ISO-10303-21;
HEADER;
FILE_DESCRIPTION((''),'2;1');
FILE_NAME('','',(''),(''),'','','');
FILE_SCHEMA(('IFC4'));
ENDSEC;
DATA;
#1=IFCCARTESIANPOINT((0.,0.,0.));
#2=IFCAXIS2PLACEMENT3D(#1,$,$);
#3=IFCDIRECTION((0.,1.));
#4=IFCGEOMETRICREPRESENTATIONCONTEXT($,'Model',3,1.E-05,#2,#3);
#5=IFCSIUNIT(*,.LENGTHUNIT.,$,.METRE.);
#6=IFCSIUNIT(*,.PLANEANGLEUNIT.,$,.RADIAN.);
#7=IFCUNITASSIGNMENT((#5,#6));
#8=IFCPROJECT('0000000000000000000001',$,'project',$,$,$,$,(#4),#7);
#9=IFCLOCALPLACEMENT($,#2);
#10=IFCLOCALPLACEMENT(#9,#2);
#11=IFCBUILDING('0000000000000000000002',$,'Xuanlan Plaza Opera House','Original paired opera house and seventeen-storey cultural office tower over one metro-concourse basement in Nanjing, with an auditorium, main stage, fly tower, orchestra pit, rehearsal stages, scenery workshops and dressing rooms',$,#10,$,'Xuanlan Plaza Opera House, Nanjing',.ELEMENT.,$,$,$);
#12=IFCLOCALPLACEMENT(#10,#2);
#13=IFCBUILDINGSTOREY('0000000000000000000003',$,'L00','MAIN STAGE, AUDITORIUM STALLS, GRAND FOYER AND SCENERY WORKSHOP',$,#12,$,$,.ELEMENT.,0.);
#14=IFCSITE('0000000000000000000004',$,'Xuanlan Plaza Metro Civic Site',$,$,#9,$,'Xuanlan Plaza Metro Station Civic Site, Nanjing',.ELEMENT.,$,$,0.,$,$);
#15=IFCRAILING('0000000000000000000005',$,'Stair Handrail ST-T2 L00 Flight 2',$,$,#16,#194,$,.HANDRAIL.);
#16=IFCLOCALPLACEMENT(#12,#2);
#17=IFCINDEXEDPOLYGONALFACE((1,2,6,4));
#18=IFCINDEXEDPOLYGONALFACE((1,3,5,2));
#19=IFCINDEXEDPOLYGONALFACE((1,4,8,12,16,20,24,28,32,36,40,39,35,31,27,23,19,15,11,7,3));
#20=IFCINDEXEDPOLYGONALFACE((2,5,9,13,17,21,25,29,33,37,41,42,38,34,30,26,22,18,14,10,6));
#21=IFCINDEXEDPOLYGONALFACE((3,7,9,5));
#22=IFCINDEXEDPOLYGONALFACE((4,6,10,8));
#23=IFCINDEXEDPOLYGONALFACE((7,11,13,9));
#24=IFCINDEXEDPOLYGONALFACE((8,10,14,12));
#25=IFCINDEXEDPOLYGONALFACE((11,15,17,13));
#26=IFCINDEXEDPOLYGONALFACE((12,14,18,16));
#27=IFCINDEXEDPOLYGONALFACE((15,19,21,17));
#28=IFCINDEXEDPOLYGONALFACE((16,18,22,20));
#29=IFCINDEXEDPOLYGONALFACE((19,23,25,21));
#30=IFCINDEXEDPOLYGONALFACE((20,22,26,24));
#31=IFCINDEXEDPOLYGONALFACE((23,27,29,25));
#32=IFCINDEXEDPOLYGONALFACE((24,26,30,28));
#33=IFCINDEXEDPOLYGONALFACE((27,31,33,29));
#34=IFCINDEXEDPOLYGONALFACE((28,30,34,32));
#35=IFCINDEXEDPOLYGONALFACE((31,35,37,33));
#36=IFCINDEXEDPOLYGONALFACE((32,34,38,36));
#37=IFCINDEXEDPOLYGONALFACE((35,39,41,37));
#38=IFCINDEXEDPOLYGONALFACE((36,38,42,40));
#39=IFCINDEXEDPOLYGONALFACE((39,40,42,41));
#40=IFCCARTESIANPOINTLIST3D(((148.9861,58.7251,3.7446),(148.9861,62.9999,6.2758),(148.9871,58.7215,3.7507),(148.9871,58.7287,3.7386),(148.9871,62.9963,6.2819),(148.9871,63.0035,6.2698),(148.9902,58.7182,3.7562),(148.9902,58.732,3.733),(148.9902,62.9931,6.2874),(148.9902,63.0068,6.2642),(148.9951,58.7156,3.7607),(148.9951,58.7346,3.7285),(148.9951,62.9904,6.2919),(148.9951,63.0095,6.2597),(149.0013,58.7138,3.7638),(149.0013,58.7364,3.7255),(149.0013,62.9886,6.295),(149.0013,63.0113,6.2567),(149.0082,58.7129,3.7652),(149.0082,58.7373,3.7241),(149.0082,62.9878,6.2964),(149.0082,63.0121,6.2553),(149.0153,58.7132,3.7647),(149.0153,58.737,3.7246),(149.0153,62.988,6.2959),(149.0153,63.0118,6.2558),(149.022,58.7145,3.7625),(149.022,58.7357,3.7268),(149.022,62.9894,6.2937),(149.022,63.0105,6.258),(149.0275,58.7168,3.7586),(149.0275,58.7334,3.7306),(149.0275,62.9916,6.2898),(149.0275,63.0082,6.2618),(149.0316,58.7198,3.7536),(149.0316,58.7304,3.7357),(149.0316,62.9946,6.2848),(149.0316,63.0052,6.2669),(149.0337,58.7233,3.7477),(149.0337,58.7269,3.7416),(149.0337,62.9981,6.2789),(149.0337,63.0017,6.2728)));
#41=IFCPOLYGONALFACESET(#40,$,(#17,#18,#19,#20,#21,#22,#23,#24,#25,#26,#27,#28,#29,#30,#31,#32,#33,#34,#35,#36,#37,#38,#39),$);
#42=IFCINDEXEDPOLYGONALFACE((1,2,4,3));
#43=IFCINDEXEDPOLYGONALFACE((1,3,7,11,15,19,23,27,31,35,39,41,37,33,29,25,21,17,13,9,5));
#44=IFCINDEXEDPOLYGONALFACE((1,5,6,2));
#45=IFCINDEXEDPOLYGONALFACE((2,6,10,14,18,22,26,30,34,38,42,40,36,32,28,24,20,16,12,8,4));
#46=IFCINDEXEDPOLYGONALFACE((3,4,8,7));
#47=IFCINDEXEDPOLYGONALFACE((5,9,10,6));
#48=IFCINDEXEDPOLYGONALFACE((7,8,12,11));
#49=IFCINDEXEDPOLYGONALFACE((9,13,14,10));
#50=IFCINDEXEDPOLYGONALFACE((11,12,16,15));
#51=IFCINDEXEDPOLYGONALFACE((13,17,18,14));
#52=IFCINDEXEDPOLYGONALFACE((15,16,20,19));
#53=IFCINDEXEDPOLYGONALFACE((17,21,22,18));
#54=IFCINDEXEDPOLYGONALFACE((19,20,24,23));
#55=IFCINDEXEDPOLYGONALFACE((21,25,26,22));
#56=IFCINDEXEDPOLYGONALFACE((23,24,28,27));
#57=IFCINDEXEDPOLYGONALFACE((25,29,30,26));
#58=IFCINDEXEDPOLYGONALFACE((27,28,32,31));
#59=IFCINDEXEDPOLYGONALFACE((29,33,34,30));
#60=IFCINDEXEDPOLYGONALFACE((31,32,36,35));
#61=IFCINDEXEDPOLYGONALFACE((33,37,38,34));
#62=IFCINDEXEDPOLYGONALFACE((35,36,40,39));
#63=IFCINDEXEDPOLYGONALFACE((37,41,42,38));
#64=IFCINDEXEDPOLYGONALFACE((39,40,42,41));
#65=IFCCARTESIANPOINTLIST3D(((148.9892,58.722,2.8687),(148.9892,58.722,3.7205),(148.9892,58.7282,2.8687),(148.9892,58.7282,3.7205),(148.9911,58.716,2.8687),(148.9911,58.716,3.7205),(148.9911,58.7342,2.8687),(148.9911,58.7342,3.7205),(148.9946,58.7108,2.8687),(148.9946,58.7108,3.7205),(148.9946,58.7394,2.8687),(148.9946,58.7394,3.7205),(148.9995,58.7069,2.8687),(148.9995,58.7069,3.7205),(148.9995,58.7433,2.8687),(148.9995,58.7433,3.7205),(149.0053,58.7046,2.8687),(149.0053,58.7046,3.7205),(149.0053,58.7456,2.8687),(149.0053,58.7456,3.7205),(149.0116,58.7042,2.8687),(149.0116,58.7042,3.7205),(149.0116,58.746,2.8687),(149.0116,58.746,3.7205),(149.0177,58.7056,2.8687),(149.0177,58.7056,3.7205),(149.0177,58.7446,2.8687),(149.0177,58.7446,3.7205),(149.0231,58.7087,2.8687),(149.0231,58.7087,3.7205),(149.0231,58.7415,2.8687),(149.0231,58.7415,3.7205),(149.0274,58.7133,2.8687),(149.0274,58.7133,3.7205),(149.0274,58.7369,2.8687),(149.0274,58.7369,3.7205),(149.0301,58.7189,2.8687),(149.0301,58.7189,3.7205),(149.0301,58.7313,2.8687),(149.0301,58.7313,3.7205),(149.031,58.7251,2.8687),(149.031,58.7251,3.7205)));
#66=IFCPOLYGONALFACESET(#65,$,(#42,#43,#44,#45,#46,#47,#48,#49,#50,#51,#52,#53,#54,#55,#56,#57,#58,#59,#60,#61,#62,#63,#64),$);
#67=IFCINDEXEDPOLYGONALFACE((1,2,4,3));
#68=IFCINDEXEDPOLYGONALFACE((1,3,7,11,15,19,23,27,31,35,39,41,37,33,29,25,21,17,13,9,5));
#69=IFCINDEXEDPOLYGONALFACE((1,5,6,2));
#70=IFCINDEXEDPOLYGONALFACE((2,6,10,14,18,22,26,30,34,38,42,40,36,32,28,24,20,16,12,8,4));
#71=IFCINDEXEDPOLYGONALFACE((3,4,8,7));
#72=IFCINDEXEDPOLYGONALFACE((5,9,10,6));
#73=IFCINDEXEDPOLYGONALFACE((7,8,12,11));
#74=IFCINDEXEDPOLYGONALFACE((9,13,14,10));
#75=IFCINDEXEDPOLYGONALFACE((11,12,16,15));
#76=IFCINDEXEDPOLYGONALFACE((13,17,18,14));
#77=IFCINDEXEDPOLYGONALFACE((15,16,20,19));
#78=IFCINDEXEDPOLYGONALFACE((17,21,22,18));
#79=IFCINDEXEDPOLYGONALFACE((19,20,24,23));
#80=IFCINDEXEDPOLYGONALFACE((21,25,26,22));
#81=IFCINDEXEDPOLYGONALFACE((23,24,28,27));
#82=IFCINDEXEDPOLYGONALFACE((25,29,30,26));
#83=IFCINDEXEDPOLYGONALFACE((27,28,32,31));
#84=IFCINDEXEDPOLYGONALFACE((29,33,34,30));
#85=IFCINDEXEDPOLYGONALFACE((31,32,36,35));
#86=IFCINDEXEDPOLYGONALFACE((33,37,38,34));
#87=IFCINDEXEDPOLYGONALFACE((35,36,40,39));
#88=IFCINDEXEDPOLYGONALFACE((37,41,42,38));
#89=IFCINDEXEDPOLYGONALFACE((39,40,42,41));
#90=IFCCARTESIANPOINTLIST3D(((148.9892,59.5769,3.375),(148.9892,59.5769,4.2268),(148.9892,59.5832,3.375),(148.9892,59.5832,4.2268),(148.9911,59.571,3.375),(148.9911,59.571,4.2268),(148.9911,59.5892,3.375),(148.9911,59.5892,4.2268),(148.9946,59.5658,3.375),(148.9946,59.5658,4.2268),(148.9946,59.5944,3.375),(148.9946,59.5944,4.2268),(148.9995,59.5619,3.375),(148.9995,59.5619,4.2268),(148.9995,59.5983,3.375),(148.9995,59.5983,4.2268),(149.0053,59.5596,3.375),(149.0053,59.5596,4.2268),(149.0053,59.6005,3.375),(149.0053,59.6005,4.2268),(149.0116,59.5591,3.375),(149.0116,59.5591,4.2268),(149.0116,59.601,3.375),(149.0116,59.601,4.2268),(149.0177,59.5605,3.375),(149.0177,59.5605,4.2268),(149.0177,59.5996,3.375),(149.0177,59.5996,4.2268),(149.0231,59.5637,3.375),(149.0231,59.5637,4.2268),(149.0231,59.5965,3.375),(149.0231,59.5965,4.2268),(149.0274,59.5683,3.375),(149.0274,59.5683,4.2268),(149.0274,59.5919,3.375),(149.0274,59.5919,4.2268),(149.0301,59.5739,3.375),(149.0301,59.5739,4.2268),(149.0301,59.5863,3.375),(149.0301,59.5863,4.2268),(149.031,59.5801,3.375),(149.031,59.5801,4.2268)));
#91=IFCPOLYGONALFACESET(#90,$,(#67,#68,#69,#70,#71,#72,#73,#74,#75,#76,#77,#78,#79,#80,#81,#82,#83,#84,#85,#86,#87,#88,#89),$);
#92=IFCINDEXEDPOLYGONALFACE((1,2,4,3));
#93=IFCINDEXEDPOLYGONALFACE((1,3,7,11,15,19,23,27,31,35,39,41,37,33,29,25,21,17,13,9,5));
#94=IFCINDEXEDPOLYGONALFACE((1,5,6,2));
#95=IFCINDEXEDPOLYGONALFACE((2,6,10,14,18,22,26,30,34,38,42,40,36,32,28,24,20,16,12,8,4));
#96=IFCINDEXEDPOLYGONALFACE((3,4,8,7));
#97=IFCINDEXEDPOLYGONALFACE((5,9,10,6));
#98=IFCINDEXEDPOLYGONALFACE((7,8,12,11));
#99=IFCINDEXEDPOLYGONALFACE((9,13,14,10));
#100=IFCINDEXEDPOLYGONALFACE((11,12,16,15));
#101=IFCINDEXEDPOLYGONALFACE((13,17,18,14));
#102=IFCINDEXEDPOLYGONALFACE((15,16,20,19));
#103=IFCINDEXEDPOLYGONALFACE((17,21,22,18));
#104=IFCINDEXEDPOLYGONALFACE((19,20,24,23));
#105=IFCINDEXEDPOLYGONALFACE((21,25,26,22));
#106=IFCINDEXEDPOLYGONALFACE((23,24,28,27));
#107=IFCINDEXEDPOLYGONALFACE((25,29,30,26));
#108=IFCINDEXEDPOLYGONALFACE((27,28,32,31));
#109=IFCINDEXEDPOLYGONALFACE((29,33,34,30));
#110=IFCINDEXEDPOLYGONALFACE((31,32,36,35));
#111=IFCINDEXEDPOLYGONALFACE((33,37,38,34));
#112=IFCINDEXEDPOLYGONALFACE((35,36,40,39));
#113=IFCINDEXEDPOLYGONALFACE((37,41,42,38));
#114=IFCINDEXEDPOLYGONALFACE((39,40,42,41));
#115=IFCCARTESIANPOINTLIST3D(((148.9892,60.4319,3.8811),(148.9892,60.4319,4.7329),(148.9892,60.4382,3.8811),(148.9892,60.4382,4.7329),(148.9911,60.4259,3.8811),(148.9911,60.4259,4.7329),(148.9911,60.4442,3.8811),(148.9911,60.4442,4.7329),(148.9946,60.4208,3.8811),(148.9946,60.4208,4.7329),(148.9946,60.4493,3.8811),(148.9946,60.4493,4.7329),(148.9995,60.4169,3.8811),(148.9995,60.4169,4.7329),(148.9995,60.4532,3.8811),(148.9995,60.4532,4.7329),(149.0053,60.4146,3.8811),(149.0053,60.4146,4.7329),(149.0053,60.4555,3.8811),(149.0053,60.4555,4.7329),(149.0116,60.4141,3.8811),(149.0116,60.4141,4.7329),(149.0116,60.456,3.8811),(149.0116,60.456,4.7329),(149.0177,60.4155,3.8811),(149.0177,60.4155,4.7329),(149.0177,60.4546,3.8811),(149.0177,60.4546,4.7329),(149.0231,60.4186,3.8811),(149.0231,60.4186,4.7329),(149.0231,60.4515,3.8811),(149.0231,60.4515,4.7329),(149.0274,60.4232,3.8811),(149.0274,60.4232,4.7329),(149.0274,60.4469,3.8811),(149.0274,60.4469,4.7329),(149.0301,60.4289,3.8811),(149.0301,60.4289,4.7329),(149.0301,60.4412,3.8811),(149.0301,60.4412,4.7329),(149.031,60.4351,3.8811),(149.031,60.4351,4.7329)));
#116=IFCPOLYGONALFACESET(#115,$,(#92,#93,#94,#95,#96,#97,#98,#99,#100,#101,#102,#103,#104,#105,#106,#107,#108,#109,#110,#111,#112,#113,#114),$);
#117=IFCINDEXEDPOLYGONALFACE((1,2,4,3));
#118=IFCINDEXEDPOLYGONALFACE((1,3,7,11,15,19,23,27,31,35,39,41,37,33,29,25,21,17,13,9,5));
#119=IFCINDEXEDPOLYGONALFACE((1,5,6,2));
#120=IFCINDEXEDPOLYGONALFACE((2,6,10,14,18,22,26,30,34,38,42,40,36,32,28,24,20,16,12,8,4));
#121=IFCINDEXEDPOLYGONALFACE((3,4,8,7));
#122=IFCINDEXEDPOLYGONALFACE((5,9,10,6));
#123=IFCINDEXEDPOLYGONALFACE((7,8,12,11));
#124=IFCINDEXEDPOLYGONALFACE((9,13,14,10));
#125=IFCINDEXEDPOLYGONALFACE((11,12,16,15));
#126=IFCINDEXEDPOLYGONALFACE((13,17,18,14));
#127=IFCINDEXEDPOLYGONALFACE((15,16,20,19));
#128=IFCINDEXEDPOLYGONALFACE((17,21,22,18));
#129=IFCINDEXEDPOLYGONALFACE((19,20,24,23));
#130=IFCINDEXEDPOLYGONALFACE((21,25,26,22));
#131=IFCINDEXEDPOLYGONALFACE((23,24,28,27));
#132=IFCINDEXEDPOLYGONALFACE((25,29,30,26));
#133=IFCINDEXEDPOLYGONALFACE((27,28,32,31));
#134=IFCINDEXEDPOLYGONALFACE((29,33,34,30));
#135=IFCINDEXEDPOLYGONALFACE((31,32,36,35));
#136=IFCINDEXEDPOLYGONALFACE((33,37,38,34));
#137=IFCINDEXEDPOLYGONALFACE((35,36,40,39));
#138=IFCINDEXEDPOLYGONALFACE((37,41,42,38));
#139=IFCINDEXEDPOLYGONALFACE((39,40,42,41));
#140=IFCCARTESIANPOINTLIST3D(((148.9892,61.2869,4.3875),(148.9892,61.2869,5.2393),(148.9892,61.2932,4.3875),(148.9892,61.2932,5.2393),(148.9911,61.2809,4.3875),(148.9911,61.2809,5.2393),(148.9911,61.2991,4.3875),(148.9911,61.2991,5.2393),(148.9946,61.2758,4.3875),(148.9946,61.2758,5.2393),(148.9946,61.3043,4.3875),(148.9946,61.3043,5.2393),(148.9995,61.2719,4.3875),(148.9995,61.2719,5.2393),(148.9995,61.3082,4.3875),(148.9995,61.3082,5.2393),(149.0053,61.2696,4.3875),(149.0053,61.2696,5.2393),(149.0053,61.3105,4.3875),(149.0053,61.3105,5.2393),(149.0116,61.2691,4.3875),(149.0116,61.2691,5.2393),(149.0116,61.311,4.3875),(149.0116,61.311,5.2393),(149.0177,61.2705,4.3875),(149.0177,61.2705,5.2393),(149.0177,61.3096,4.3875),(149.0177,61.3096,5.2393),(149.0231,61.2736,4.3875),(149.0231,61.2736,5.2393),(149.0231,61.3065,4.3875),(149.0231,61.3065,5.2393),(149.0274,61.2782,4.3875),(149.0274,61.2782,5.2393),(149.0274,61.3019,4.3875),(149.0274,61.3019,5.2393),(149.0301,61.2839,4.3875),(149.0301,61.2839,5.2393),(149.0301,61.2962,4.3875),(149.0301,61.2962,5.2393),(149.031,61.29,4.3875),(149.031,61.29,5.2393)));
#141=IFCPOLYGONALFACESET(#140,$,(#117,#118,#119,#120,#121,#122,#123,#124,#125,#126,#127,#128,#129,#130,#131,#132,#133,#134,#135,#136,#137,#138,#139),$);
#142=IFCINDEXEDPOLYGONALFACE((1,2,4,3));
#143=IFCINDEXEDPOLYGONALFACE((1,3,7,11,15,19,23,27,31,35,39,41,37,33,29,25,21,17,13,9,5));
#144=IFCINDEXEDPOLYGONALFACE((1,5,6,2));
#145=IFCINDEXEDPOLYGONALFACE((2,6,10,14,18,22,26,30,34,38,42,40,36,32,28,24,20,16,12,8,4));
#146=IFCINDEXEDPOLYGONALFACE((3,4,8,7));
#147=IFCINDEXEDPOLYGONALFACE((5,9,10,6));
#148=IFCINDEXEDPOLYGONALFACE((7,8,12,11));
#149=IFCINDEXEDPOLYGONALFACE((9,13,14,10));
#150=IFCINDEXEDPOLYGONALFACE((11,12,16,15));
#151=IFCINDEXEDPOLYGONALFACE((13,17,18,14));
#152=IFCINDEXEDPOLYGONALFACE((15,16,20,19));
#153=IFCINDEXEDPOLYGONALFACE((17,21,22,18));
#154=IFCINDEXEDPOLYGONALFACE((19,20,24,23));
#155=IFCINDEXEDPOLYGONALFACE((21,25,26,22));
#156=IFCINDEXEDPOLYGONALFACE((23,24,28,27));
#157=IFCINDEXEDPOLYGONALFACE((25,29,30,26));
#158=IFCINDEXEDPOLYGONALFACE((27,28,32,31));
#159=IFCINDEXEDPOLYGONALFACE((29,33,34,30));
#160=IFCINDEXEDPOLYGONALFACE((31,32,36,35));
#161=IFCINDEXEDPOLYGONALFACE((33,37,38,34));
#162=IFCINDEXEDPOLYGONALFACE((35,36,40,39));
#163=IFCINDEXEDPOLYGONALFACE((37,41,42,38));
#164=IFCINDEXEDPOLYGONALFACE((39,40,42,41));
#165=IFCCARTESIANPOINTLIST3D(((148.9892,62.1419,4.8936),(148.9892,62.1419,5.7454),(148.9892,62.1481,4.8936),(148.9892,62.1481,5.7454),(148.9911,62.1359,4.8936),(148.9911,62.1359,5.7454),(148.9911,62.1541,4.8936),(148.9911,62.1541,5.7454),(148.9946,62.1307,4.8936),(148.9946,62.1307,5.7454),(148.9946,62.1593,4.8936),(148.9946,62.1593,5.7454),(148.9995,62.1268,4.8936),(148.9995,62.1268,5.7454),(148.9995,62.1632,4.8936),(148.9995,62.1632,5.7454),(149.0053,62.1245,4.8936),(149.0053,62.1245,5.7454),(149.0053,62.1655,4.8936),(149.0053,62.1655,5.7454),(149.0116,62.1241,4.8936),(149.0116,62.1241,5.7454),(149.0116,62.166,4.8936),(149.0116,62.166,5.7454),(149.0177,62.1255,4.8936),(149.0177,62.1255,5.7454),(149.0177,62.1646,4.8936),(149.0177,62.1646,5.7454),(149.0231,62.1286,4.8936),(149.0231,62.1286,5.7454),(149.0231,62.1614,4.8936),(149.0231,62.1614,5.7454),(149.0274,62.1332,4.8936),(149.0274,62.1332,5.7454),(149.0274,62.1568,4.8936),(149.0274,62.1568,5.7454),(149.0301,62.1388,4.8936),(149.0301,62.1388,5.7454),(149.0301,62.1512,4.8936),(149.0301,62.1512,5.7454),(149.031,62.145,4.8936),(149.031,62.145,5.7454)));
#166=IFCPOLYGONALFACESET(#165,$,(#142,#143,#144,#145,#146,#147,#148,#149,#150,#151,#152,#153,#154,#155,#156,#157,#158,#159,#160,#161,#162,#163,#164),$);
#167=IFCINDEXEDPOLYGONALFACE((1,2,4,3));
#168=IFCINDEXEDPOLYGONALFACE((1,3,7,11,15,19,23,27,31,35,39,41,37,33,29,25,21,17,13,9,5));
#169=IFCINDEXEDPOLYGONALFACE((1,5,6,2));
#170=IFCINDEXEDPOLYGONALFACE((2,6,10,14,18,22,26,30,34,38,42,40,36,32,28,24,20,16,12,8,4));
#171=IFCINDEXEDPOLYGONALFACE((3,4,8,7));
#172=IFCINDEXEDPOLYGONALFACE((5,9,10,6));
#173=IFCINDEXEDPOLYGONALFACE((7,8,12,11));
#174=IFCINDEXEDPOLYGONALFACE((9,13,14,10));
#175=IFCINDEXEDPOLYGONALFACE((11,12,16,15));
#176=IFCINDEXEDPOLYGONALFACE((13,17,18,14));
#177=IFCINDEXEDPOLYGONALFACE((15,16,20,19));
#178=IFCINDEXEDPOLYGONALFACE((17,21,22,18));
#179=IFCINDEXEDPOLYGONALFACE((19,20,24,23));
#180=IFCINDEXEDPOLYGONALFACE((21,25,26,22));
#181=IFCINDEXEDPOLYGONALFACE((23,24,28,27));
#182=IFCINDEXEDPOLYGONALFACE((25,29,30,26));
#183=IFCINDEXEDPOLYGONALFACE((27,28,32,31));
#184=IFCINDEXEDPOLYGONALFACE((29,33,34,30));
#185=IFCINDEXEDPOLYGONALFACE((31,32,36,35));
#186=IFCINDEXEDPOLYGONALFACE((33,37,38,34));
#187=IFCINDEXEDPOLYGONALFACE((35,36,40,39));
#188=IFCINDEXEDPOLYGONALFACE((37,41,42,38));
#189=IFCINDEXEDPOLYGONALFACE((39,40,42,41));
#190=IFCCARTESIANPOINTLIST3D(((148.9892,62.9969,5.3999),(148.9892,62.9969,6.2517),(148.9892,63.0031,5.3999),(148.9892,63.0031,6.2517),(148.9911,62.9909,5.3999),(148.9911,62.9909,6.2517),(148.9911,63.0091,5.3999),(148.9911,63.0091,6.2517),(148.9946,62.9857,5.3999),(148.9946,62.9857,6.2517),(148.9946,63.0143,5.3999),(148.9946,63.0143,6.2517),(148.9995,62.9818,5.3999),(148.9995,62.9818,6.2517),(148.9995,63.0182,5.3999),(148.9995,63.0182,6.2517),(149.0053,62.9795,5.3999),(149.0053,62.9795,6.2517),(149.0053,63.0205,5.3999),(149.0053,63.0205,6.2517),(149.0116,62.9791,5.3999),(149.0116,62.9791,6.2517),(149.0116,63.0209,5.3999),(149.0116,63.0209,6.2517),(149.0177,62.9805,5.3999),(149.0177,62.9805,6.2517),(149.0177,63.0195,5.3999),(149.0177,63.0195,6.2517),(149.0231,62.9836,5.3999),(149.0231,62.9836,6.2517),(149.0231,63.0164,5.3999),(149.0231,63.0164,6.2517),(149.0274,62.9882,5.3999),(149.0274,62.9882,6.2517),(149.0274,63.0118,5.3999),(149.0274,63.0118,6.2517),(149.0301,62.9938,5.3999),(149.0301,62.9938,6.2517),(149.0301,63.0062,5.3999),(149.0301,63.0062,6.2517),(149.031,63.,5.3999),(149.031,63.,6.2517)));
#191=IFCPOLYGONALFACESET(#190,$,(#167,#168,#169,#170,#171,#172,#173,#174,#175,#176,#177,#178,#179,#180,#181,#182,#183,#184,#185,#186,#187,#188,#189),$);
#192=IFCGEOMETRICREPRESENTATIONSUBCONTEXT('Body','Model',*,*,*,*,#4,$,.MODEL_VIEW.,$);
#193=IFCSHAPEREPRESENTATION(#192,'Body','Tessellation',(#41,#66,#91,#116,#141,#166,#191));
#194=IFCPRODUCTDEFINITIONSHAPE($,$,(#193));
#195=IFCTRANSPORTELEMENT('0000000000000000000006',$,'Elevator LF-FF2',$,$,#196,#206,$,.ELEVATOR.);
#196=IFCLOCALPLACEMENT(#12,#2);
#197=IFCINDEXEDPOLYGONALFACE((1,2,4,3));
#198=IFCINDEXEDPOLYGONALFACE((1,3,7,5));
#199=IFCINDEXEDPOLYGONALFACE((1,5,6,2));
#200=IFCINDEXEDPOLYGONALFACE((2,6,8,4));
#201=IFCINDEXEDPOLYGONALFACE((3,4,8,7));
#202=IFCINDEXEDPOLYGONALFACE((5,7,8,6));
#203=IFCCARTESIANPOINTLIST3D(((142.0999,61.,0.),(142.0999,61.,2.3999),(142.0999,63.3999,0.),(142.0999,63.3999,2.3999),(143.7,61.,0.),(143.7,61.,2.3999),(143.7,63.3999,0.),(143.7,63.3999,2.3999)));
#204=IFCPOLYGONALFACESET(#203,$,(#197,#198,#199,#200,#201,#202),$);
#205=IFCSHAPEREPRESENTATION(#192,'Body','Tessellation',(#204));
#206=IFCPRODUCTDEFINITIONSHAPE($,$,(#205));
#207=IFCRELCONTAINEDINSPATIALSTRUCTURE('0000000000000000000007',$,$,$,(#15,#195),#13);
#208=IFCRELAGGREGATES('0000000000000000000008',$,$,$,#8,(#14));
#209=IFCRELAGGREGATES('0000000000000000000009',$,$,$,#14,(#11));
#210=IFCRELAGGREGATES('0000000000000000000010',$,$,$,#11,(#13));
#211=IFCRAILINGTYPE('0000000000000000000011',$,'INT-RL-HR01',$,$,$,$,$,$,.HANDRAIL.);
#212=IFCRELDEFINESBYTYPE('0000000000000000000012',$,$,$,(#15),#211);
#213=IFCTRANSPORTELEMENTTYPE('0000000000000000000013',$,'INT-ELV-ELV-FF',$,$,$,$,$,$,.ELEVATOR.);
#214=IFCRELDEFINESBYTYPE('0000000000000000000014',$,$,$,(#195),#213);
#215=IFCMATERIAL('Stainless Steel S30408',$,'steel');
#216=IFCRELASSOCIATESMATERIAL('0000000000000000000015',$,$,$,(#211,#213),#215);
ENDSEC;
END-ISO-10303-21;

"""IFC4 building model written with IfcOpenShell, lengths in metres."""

from ifc_helpers import new_model, si_unit, direction, frame, origin, origin_2d, place, context, subcontext, project, spatial, rectangle, circle, extrude, material, type_object, element, save


model = new_model("IFC4")

# Units and contexts
model_context = context("Model", 3, precision=1e-05, world=origin(), true_north=direction((0.0, 1.0)))
body_context = subcontext(model_context, "Body", "Model", "MODEL_VIEW")
ifc_project = project(units=[si_unit("LENGTHUNIT", "METRE"), si_unit("PLANEANGLEUNIT", "RADIAN")], contexts=[model_context])

# Site, building, storey
site_placement = place(None, origin())
site = spatial("IfcSite", under=ifc_project, at=site_placement, Name="Xuanlan Plaza Metro Civic Site", LongName="Xuanlan Plaza Metro Station Civic Site, Nanjing", CompositionType="ELEMENT", RefElevation=0.0)
building_placement = place(site_placement, origin())
building = spatial("IfcBuilding", under=site, at=building_placement, Name="Xuanlan Plaza Opera House", Description="Original paired opera house and seventeen-storey cultural office tower over one metro-concourse basement in Nanjing, with an auditorium, main stage, fly tower, orchestra pit, rehearsal stages, scenery workshops and dressing rooms", LongName="Xuanlan Plaza Opera House, Nanjing", CompositionType="ELEMENT")
storey_placement = place(building_placement, origin())
storey = spatial("IfcBuildingStorey", under=building, at=storey_placement, Name="L00", Description="MAIN STAGE, AUDITORIUM STALLS, GRAND FOYER AND SCENERY WORKSHOP", CompositionType="ELEMENT", Elevation=0.0)

# Shared definitions
ifc_material_1 = material(Name="Stainless Steel S30408", Category="steel")

# Railing
railing_type = type_object("IfcRailingType", Name="INT-RL-HR01", PredefinedType="HANDRAIL", material=ifc_material_1)
for number, where, name in (
    (1, (149.01, 58.7251, 2.8687), "Stair Handrail ST-T2 L00 Flight 2"),
):
    element("IfcRailing", number, at=place(storey_placement, frame(where)), inside=storey, type_object=railing_type, Name=name, PredefinedType="HANDRAIL", context=body_context, shape_type="SweptSolid", body=[
        extrude(circle(Radius=0.0239, at=origin_2d()), frame((0.0, 0.0, 0.876), z_axis=(0.0, 0.86047, 0.509501), x_axis=(-1.0, 0.0, 0.0)), (0.0, 0.0, 1.0), 4.968),
        extrude(circle(Radius=0.021, at=origin_2d()), origin(), (0.0, 0.0, 1.0), 0.8518),
        extrude(circle(Radius=0.021, at=origin_2d()), frame((0.0, 0.855, 0.5063)), (0.0, 0.0, 1.0), 0.8518),
        extrude(circle(Radius=0.021, at=origin_2d()), frame((0.0, 1.71, 1.0125)), (0.0, 0.0, 1.0), 0.8518),
        extrude(circle(Radius=0.021, at=origin_2d()), frame((0.0, 2.5649, 1.5188)), (0.0, 0.0, 1.0), 0.8518),
        extrude(circle(Radius=0.021, at=origin_2d()), frame((0.0, 3.4199, 2.0249)), (0.0, 0.0, 1.0), 0.8518),
        extrude(circle(Radius=0.021, at=origin_2d()), frame((0.0, 4.2749, 2.5312)), (0.0, 0.0, 1.0), 0.8518),
    ])

# Transport element
transport_element_type_1 = type_object("IfcTransportElementType", Name="INT-ELV-ELV-FF", PredefinedType="ELEVATOR", material=ifc_material_1)
for number, where, name in (
    (2, (142.8999, 62.2, 0.0), "Elevator LF-FF2"),
):
    element("IfcTransportElement", number, at=place(storey_placement, frame(where)), inside=storey, type_object=transport_element_type_1, Name=name, PredefinedType="ELEVATOR", context=body_context, shape_type="SweptSolid", body=[
        extrude(rectangle(XDim=1.6001, YDim=2.3999, at=origin_2d()), origin(), (0.0, 0.0, 1.0), 2.3999),
    ])

save(model, "model.ifc")
